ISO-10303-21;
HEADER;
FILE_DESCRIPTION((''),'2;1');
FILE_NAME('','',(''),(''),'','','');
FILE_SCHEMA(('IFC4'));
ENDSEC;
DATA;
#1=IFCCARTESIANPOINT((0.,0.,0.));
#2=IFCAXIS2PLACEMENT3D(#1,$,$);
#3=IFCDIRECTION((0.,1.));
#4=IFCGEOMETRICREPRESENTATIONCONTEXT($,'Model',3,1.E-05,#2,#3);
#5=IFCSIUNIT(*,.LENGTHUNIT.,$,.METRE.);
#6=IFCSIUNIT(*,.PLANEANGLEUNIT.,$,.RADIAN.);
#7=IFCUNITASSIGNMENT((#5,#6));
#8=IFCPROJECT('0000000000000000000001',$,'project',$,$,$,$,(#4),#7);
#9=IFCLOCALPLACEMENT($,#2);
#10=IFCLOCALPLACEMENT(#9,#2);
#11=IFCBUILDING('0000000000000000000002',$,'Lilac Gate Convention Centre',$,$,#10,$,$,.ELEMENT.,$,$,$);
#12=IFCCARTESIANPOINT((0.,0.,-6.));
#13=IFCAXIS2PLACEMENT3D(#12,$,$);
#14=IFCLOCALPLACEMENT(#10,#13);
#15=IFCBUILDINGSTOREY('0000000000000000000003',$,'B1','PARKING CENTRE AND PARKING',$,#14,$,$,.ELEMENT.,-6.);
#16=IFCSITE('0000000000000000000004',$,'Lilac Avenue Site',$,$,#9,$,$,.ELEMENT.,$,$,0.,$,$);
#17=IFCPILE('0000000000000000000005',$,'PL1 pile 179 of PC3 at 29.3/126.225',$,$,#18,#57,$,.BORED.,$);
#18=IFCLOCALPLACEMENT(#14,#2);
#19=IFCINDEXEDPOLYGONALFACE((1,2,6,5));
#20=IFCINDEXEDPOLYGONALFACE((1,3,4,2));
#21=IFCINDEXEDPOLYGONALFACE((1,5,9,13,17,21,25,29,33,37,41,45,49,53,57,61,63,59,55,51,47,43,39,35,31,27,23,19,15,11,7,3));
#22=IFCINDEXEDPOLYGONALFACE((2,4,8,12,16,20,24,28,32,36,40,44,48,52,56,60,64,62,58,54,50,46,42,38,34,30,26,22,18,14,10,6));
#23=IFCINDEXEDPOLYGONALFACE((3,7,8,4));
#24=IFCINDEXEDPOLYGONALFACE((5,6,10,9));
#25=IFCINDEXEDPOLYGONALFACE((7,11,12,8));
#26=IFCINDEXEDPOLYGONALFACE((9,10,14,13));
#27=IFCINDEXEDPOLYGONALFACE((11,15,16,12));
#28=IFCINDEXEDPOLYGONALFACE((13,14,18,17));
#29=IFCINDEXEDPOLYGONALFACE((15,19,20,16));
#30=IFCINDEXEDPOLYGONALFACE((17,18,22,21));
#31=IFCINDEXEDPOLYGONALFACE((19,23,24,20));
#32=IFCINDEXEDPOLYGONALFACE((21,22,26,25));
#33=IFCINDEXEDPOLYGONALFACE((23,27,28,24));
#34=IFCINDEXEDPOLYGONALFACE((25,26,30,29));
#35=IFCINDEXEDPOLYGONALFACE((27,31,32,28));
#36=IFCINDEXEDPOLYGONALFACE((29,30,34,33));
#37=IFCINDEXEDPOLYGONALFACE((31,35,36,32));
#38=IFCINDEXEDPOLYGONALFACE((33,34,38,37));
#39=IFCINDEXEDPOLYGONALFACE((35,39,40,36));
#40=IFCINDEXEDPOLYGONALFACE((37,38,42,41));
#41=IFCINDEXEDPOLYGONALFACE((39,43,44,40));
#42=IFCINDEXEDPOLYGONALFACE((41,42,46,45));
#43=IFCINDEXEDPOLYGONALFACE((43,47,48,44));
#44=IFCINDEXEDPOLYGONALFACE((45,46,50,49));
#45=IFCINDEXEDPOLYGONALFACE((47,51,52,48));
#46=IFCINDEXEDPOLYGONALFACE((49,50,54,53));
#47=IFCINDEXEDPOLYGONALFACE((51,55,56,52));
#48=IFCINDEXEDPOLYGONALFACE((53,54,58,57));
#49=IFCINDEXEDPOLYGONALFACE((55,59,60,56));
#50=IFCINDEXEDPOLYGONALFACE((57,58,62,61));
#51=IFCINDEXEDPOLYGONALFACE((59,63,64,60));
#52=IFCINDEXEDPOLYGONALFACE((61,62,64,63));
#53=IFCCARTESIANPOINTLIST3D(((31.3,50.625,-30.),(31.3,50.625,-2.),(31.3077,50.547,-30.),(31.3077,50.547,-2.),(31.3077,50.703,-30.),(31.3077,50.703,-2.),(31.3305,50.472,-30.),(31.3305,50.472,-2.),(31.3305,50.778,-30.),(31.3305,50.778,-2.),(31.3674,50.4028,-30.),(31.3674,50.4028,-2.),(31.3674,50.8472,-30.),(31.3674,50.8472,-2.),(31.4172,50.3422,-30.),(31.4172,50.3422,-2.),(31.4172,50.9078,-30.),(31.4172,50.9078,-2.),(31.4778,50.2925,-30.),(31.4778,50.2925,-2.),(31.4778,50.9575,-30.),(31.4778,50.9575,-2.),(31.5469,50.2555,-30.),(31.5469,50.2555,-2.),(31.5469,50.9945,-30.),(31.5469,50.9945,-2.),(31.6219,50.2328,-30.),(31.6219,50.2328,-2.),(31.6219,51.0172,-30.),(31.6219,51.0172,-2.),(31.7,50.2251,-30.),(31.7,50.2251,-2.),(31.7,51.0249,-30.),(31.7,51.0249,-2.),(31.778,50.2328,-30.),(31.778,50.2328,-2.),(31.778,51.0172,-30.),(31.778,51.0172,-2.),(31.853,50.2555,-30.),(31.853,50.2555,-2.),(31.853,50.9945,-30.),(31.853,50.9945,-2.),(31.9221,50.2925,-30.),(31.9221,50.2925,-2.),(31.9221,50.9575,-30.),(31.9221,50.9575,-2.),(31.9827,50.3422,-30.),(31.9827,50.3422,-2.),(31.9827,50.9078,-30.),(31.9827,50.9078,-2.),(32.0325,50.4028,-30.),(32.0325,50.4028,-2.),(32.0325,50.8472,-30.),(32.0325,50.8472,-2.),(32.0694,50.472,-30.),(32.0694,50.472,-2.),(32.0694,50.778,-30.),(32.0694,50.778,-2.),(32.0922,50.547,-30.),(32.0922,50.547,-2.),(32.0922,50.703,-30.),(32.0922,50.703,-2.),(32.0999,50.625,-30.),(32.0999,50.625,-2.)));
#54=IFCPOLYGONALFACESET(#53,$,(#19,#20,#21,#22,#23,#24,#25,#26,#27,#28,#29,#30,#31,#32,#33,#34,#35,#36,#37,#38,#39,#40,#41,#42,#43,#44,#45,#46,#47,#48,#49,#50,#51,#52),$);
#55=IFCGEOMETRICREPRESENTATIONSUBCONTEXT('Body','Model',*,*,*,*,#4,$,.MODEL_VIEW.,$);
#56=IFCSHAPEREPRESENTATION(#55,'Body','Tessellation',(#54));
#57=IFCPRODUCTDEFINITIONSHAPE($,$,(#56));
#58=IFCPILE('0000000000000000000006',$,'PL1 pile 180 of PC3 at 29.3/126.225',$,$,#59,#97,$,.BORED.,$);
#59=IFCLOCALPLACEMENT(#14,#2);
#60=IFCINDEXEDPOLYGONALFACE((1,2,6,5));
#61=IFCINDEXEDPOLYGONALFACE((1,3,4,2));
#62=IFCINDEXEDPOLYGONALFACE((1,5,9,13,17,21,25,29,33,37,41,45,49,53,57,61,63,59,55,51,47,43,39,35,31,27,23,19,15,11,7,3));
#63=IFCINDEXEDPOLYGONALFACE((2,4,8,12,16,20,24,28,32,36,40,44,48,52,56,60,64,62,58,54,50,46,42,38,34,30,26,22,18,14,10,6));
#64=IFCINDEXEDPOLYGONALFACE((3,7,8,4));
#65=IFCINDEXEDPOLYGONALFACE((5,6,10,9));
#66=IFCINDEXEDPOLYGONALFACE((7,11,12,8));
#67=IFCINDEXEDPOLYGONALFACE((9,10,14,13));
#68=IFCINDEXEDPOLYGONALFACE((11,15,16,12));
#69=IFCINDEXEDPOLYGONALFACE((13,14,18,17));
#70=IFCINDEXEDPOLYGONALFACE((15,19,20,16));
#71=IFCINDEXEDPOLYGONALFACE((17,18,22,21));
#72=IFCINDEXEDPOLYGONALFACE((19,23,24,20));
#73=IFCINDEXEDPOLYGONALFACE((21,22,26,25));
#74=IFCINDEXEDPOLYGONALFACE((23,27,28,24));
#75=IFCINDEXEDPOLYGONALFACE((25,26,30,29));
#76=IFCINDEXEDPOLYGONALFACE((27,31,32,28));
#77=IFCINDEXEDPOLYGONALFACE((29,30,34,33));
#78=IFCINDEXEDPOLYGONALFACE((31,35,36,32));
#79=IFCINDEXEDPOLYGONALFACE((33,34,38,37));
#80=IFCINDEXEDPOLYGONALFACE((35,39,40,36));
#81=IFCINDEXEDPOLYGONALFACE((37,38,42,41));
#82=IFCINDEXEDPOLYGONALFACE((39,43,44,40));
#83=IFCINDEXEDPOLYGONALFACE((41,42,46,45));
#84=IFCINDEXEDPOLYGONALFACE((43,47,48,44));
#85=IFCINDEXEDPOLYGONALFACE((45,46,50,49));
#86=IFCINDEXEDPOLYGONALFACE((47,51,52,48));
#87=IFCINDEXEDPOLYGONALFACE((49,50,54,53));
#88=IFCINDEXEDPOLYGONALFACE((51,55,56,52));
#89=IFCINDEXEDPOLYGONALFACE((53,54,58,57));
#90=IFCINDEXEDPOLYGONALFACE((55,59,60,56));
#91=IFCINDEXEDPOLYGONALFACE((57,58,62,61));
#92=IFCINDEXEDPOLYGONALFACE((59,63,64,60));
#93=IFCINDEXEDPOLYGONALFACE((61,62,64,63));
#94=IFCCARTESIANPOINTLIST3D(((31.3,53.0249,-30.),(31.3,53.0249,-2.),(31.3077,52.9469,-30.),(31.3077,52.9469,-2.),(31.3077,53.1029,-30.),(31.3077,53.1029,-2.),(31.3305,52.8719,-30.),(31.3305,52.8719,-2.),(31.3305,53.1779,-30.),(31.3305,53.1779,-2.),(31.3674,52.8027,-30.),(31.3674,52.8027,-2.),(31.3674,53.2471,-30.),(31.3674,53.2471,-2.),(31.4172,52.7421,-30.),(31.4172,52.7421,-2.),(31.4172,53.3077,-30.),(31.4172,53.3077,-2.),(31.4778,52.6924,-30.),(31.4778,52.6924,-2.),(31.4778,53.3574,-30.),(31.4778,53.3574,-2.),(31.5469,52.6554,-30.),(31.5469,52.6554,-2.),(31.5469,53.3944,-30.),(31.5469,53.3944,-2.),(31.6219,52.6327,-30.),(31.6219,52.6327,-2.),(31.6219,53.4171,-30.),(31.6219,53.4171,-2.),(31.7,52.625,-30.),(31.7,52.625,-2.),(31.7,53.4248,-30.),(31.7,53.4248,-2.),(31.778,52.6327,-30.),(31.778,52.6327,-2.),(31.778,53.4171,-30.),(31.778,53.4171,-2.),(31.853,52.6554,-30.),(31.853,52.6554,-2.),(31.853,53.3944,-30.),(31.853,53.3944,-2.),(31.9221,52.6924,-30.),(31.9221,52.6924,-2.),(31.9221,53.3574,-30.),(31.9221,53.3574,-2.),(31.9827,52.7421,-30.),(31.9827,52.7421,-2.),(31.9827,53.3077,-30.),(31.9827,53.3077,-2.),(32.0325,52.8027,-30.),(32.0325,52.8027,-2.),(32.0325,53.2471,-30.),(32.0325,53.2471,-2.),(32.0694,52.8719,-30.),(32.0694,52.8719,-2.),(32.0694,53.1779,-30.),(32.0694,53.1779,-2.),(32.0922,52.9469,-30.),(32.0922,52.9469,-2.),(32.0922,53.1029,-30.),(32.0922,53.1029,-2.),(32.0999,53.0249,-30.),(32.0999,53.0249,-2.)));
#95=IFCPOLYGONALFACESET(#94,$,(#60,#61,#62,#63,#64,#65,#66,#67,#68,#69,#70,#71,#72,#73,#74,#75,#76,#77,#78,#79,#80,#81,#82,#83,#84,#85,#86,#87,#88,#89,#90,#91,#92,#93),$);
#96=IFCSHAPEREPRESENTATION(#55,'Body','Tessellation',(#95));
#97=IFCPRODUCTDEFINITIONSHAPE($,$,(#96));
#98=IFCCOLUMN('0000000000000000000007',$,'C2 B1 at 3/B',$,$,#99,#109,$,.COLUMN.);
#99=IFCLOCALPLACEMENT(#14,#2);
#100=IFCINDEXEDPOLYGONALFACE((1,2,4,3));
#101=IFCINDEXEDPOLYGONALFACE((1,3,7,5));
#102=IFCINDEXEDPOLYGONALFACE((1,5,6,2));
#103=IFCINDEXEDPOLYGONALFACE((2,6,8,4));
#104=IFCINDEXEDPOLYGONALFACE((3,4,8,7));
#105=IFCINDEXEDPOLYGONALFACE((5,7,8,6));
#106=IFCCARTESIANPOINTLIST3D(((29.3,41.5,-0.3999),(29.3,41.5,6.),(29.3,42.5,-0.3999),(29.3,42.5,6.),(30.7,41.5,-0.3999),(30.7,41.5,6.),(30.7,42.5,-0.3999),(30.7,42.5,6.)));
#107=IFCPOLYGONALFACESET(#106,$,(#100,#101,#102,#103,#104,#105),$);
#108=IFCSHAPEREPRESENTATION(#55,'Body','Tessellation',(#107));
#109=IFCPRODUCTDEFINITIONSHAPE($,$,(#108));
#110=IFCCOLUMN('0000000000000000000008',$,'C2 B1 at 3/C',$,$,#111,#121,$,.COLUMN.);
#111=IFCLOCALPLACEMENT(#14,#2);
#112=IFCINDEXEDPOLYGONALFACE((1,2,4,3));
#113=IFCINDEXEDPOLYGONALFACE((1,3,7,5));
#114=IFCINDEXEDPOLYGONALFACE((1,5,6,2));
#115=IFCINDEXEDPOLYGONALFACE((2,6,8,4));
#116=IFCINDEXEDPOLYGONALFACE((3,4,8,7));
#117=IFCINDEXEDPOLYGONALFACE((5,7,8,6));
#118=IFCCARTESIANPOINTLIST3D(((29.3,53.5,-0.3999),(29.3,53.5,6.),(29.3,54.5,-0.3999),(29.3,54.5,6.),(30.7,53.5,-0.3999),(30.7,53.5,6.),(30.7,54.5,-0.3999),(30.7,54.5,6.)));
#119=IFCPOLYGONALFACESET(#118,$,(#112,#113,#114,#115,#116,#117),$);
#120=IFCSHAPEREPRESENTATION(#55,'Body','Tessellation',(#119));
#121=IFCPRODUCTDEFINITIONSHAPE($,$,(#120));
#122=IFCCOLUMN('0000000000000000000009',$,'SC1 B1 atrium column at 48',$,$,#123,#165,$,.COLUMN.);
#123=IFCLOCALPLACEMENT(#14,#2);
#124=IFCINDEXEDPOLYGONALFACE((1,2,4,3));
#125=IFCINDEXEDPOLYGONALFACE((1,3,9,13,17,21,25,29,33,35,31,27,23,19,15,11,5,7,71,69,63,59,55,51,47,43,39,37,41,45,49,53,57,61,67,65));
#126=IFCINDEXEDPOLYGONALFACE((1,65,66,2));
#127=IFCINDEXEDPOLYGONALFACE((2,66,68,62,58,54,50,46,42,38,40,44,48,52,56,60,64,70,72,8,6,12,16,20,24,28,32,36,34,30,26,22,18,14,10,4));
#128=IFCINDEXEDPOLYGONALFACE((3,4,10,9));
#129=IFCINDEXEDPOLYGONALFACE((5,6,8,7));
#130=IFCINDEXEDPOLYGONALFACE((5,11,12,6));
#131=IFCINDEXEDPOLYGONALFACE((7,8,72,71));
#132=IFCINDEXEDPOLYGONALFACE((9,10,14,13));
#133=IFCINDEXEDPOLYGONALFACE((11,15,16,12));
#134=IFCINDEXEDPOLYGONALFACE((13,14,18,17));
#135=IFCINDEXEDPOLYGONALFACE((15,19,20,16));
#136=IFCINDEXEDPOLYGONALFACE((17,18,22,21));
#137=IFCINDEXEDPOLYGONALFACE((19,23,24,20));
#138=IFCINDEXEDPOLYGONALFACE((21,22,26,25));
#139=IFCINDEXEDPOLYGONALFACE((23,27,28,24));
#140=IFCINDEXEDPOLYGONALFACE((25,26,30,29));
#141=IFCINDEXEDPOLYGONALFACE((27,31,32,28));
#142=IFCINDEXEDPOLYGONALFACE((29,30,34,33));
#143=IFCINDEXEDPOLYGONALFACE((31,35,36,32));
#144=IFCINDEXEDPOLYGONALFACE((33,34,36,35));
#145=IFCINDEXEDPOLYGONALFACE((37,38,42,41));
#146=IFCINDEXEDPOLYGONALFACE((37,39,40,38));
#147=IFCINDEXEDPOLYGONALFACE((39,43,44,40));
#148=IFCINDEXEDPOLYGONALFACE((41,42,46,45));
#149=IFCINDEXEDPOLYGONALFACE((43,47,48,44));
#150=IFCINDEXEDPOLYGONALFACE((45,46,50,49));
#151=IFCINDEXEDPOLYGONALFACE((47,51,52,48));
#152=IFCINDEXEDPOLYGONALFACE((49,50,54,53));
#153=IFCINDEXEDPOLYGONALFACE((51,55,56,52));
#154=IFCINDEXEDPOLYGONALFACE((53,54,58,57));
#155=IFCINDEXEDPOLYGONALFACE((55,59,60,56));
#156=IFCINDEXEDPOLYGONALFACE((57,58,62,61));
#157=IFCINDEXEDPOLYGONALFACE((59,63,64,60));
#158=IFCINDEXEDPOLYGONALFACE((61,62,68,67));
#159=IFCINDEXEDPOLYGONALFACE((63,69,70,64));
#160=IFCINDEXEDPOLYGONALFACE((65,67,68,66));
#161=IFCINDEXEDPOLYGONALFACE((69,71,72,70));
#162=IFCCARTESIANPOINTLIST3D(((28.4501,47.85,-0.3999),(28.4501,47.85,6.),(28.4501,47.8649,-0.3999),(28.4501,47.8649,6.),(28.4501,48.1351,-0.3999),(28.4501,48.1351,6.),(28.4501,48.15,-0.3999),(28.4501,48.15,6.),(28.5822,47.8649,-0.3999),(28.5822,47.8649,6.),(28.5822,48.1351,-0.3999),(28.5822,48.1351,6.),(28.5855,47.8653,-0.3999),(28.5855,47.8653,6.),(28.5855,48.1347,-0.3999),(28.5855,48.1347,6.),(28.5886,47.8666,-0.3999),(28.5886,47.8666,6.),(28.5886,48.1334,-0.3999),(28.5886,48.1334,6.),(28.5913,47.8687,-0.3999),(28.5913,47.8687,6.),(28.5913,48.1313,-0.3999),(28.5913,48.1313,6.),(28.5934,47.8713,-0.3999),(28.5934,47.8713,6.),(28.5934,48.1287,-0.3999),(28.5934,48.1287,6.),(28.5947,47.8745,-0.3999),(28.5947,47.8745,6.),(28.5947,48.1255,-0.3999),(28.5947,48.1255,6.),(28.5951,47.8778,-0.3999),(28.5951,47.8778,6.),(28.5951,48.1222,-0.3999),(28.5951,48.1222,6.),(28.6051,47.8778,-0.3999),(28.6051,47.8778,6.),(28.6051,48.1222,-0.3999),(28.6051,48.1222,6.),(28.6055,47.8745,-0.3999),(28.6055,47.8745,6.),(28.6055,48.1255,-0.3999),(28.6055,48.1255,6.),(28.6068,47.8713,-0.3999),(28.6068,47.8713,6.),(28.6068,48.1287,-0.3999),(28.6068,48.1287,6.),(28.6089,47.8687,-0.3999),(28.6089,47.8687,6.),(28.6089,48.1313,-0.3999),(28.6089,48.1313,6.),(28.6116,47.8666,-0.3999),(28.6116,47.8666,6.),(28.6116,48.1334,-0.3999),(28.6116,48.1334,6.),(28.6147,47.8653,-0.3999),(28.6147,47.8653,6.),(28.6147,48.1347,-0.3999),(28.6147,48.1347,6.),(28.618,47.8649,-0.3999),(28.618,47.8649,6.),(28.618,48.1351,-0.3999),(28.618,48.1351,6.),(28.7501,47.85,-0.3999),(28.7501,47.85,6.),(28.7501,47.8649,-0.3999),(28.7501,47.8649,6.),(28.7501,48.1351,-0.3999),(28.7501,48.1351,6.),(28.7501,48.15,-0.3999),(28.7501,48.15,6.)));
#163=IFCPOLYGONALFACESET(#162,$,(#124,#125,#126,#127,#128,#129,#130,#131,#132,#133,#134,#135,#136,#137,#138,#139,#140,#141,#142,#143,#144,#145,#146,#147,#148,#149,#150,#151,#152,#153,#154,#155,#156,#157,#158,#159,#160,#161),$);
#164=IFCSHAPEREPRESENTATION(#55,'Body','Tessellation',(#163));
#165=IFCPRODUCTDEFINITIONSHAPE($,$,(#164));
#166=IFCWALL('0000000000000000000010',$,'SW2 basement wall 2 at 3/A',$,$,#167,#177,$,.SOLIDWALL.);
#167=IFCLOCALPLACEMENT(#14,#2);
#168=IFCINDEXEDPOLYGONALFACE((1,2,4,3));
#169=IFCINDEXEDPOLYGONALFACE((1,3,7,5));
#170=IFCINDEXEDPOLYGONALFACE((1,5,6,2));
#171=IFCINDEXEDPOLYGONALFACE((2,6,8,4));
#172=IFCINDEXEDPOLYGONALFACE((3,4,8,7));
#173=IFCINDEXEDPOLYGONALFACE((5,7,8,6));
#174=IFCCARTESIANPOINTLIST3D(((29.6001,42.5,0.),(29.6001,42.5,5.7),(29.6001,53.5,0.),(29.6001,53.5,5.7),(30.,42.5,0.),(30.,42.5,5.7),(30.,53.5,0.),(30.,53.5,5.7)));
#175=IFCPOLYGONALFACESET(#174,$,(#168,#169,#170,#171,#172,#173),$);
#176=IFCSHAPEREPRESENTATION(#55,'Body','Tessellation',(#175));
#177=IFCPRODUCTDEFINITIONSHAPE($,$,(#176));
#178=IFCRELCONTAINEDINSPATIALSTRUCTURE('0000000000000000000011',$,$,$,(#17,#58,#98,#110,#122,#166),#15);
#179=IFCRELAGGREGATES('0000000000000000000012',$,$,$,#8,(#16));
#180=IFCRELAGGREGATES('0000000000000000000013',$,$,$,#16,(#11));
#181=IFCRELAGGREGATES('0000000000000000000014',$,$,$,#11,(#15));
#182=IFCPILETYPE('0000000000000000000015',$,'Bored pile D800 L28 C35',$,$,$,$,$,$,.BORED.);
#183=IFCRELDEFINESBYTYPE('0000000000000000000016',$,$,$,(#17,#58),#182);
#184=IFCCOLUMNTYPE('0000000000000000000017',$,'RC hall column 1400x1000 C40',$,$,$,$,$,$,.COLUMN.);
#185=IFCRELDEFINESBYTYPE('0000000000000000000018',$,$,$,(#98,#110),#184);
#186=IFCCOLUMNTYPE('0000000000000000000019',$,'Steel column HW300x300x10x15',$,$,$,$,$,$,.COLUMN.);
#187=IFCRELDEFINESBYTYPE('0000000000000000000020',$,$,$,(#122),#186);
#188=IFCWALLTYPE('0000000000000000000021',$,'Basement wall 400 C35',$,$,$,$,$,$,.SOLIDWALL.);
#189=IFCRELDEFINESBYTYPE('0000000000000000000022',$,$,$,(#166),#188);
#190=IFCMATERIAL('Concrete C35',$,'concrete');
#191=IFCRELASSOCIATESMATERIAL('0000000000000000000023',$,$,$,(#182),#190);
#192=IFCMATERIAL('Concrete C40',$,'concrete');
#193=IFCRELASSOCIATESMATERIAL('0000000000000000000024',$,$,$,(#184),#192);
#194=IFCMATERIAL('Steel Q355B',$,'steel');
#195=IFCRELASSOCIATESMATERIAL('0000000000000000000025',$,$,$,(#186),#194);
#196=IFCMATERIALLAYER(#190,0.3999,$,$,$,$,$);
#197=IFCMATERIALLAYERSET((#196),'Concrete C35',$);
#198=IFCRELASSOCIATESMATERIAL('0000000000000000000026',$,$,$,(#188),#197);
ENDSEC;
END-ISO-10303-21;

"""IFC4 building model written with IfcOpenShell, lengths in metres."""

from ifc_helpers import new_model, si_unit, direction, frame, frame_2d, origin, origin_2d, place, context, subcontext, project, spatial, rectangle, circle, i_section, extrude, material, layer, layer_set, material_profile, profile_set, type_object, element, save


model = new_model("IFC4")

# Units and contexts
model_context = context("Model", 3, precision=1e-05, world=origin(), true_north=direction((0.0, 1.0)))
body_context = subcontext(model_context, "Body", "Model", "MODEL_VIEW")
ifc_project = project(units=[si_unit("LENGTHUNIT", "METRE"), si_unit("PLANEANGLEUNIT", "RADIAN")], contexts=[model_context])

# Site, building, storey
site_placement = place(None, origin())
site = spatial("IfcSite", under=ifc_project, at=site_placement, Name="Lilac Avenue Site", CompositionType="ELEMENT", RefElevation=0.0)
building_placement = place(site_placement, origin())
building = spatial("IfcBuilding", under=site, at=building_placement, Name="Lilac Gate Convention Centre", CompositionType="ELEMENT")
storey_placement = place(building_placement, frame((0.0, 0.0, -6.0)))
storey = spatial("IfcBuildingStorey", under=building, at=storey_placement, Name="B1", Description="PARKING CENTRE AND PARKING", CompositionType="ELEMENT", Elevation=-6.0)

# Piles
ifc_material_1 = material(Name="Concrete C35", Category="concrete")
ifc_material_profile_1 = material_profile(ifc_material_1, circle(Radius=0.3999, at=origin_2d()), Name="D800")
ifc_profile_set_1 = profile_set([ifc_material_profile_1], Name="Concrete C35")
pile_type = type_object("IfcPileType", Name="Bored pile D800 L28 C35", PredefinedType="BORED", material=ifc_profile_set_1)
for number, where, z_axis, x_axis, name in (
    (1, (31.7, 50.625, -2.0), (0.0, 0.0, -1.0), (1.0, 0.0, 0.0), "PL1 pile 179 of PC3 at 29.3/126.225"),
    (2, (31.7, 53.0249, -2.0), (0.0, 0.0, -1.0), (1.0, 0.0, 0.0), "PL1 pile 180 of PC3 at 29.3/126.225"),
):
    element("IfcPile", number, at=place(storey_placement, frame(where, z_axis=z_axis, x_axis=x_axis)), inside=storey, type_object=pile_type, Name=name, PredefinedType="BORED", context=body_context, shape_type="SweptSolid", body=[
        extrude(circle(Radius=0.3999, at=origin_2d()), origin(), (0.0, 0.0, 1.0), 28.0),
    ])

# Columns
ifc_material_2 = material(Name="Concrete C40", Category="concrete")
ifc_material_profile_2 = material_profile(ifc_material_2, rectangle(XDim=1.3999, YDim=1.0, at=origin_2d()), Name="RC 1400x1000")
ifc_profile_set_2 = profile_set([ifc_material_profile_2], Name="Concrete C40")
column_type_1 = type_object("IfcColumnType", Name="RC hall column 1400x1000 C40", PredefinedType="COLUMN", material=ifc_profile_set_2)
for number, where, z_axis, x_axis, name in (
    (3, (30.0, 42.0, -0.3999), (0.0, 0.0, 1.0), (1.0, 0.0, 0.0), "C2 B1 at 3/B"),
    (4, (30.0, 54.0, -0.3999), (0.0, 0.0, 1.0), (1.0, 0.0, 0.0), "C2 B1 at 3/C"),
):
    element("IfcColumn", number, at=place(storey_placement, frame(where, z_axis=z_axis, x_axis=x_axis)), inside=storey, type_object=column_type_1, Name=name, PredefinedType="COLUMN", context=body_context, shape_type="SweptSolid", body=[
        extrude(rectangle(XDim=1.3999, YDim=1.0, at=origin_2d()), origin(), (0.0, 0.0, 1.0), 6.3999),
    ])
ifc_material_3 = material(Name="Steel Q355B", Category="steel")
ifc_material_profile_3 = material_profile(ifc_material_3, i_section(OverallWidth=0.3, OverallDepth=0.3, WebThickness=0.01, FlangeThickness=0.0149, FilletRadius=0.0129, at=origin_2d()), Name="HW300x300x10x15")
ifc_profile_set_3 = profile_set([ifc_material_profile_3], Name="Steel Q355B")
column_type_2 = type_object("IfcColumnType", Name="Steel column HW300x300x10x15", PredefinedType="COLUMN", material=ifc_profile_set_3)
column_placement = place(storey_placement, frame((28.6001, 48.0, -0.3999), z_axis=(0.0, 0.0, 1.0), x_axis=(1.0, 0.0, 0.0)))
element("IfcColumn", 5, at=column_placement, inside=storey, type_object=column_type_2, Name="SC1 B1 atrium column at 48", PredefinedType="COLUMN", context=body_context, shape_type="SweptSolid", body=[
    extrude(i_section(OverallWidth=0.3, OverallDepth=0.3, WebThickness=0.01, FlangeThickness=0.0149, FilletRadius=0.0129, at=origin_2d()), origin(), (0.0, 0.0, 1.0), 6.3999),
])

# Wall
ifc_layer = layer(ifc_material_1, 0.3999)
ifc_layer_set = layer_set([ifc_layer], Name="Concrete C35")
wall_type = type_object("IfcWallType", Name="Basement wall 400 C35", PredefinedType="SOLIDWALL", material=ifc_layer_set)
wall_placement = place(storey_placement, frame((29.8, 42.5, 0.0), z_axis=(0.0, 0.0, 1.0), x_axis=(0.0, 1.0, 0.0)))
element("IfcWall", 6, at=wall_placement, inside=storey, type_object=wall_type, Name="SW2 basement wall 2 at 3/A", PredefinedType="SOLIDWALL", context=body_context, shape_type="SweptSolid", body=[
    extrude(rectangle(XDim=11.0, YDim=0.3999, at=frame_2d((5.5, 0.0))), origin(), (0.0, 0.0, 1.0), 5.7),
])

save(model, "model.ifc")
